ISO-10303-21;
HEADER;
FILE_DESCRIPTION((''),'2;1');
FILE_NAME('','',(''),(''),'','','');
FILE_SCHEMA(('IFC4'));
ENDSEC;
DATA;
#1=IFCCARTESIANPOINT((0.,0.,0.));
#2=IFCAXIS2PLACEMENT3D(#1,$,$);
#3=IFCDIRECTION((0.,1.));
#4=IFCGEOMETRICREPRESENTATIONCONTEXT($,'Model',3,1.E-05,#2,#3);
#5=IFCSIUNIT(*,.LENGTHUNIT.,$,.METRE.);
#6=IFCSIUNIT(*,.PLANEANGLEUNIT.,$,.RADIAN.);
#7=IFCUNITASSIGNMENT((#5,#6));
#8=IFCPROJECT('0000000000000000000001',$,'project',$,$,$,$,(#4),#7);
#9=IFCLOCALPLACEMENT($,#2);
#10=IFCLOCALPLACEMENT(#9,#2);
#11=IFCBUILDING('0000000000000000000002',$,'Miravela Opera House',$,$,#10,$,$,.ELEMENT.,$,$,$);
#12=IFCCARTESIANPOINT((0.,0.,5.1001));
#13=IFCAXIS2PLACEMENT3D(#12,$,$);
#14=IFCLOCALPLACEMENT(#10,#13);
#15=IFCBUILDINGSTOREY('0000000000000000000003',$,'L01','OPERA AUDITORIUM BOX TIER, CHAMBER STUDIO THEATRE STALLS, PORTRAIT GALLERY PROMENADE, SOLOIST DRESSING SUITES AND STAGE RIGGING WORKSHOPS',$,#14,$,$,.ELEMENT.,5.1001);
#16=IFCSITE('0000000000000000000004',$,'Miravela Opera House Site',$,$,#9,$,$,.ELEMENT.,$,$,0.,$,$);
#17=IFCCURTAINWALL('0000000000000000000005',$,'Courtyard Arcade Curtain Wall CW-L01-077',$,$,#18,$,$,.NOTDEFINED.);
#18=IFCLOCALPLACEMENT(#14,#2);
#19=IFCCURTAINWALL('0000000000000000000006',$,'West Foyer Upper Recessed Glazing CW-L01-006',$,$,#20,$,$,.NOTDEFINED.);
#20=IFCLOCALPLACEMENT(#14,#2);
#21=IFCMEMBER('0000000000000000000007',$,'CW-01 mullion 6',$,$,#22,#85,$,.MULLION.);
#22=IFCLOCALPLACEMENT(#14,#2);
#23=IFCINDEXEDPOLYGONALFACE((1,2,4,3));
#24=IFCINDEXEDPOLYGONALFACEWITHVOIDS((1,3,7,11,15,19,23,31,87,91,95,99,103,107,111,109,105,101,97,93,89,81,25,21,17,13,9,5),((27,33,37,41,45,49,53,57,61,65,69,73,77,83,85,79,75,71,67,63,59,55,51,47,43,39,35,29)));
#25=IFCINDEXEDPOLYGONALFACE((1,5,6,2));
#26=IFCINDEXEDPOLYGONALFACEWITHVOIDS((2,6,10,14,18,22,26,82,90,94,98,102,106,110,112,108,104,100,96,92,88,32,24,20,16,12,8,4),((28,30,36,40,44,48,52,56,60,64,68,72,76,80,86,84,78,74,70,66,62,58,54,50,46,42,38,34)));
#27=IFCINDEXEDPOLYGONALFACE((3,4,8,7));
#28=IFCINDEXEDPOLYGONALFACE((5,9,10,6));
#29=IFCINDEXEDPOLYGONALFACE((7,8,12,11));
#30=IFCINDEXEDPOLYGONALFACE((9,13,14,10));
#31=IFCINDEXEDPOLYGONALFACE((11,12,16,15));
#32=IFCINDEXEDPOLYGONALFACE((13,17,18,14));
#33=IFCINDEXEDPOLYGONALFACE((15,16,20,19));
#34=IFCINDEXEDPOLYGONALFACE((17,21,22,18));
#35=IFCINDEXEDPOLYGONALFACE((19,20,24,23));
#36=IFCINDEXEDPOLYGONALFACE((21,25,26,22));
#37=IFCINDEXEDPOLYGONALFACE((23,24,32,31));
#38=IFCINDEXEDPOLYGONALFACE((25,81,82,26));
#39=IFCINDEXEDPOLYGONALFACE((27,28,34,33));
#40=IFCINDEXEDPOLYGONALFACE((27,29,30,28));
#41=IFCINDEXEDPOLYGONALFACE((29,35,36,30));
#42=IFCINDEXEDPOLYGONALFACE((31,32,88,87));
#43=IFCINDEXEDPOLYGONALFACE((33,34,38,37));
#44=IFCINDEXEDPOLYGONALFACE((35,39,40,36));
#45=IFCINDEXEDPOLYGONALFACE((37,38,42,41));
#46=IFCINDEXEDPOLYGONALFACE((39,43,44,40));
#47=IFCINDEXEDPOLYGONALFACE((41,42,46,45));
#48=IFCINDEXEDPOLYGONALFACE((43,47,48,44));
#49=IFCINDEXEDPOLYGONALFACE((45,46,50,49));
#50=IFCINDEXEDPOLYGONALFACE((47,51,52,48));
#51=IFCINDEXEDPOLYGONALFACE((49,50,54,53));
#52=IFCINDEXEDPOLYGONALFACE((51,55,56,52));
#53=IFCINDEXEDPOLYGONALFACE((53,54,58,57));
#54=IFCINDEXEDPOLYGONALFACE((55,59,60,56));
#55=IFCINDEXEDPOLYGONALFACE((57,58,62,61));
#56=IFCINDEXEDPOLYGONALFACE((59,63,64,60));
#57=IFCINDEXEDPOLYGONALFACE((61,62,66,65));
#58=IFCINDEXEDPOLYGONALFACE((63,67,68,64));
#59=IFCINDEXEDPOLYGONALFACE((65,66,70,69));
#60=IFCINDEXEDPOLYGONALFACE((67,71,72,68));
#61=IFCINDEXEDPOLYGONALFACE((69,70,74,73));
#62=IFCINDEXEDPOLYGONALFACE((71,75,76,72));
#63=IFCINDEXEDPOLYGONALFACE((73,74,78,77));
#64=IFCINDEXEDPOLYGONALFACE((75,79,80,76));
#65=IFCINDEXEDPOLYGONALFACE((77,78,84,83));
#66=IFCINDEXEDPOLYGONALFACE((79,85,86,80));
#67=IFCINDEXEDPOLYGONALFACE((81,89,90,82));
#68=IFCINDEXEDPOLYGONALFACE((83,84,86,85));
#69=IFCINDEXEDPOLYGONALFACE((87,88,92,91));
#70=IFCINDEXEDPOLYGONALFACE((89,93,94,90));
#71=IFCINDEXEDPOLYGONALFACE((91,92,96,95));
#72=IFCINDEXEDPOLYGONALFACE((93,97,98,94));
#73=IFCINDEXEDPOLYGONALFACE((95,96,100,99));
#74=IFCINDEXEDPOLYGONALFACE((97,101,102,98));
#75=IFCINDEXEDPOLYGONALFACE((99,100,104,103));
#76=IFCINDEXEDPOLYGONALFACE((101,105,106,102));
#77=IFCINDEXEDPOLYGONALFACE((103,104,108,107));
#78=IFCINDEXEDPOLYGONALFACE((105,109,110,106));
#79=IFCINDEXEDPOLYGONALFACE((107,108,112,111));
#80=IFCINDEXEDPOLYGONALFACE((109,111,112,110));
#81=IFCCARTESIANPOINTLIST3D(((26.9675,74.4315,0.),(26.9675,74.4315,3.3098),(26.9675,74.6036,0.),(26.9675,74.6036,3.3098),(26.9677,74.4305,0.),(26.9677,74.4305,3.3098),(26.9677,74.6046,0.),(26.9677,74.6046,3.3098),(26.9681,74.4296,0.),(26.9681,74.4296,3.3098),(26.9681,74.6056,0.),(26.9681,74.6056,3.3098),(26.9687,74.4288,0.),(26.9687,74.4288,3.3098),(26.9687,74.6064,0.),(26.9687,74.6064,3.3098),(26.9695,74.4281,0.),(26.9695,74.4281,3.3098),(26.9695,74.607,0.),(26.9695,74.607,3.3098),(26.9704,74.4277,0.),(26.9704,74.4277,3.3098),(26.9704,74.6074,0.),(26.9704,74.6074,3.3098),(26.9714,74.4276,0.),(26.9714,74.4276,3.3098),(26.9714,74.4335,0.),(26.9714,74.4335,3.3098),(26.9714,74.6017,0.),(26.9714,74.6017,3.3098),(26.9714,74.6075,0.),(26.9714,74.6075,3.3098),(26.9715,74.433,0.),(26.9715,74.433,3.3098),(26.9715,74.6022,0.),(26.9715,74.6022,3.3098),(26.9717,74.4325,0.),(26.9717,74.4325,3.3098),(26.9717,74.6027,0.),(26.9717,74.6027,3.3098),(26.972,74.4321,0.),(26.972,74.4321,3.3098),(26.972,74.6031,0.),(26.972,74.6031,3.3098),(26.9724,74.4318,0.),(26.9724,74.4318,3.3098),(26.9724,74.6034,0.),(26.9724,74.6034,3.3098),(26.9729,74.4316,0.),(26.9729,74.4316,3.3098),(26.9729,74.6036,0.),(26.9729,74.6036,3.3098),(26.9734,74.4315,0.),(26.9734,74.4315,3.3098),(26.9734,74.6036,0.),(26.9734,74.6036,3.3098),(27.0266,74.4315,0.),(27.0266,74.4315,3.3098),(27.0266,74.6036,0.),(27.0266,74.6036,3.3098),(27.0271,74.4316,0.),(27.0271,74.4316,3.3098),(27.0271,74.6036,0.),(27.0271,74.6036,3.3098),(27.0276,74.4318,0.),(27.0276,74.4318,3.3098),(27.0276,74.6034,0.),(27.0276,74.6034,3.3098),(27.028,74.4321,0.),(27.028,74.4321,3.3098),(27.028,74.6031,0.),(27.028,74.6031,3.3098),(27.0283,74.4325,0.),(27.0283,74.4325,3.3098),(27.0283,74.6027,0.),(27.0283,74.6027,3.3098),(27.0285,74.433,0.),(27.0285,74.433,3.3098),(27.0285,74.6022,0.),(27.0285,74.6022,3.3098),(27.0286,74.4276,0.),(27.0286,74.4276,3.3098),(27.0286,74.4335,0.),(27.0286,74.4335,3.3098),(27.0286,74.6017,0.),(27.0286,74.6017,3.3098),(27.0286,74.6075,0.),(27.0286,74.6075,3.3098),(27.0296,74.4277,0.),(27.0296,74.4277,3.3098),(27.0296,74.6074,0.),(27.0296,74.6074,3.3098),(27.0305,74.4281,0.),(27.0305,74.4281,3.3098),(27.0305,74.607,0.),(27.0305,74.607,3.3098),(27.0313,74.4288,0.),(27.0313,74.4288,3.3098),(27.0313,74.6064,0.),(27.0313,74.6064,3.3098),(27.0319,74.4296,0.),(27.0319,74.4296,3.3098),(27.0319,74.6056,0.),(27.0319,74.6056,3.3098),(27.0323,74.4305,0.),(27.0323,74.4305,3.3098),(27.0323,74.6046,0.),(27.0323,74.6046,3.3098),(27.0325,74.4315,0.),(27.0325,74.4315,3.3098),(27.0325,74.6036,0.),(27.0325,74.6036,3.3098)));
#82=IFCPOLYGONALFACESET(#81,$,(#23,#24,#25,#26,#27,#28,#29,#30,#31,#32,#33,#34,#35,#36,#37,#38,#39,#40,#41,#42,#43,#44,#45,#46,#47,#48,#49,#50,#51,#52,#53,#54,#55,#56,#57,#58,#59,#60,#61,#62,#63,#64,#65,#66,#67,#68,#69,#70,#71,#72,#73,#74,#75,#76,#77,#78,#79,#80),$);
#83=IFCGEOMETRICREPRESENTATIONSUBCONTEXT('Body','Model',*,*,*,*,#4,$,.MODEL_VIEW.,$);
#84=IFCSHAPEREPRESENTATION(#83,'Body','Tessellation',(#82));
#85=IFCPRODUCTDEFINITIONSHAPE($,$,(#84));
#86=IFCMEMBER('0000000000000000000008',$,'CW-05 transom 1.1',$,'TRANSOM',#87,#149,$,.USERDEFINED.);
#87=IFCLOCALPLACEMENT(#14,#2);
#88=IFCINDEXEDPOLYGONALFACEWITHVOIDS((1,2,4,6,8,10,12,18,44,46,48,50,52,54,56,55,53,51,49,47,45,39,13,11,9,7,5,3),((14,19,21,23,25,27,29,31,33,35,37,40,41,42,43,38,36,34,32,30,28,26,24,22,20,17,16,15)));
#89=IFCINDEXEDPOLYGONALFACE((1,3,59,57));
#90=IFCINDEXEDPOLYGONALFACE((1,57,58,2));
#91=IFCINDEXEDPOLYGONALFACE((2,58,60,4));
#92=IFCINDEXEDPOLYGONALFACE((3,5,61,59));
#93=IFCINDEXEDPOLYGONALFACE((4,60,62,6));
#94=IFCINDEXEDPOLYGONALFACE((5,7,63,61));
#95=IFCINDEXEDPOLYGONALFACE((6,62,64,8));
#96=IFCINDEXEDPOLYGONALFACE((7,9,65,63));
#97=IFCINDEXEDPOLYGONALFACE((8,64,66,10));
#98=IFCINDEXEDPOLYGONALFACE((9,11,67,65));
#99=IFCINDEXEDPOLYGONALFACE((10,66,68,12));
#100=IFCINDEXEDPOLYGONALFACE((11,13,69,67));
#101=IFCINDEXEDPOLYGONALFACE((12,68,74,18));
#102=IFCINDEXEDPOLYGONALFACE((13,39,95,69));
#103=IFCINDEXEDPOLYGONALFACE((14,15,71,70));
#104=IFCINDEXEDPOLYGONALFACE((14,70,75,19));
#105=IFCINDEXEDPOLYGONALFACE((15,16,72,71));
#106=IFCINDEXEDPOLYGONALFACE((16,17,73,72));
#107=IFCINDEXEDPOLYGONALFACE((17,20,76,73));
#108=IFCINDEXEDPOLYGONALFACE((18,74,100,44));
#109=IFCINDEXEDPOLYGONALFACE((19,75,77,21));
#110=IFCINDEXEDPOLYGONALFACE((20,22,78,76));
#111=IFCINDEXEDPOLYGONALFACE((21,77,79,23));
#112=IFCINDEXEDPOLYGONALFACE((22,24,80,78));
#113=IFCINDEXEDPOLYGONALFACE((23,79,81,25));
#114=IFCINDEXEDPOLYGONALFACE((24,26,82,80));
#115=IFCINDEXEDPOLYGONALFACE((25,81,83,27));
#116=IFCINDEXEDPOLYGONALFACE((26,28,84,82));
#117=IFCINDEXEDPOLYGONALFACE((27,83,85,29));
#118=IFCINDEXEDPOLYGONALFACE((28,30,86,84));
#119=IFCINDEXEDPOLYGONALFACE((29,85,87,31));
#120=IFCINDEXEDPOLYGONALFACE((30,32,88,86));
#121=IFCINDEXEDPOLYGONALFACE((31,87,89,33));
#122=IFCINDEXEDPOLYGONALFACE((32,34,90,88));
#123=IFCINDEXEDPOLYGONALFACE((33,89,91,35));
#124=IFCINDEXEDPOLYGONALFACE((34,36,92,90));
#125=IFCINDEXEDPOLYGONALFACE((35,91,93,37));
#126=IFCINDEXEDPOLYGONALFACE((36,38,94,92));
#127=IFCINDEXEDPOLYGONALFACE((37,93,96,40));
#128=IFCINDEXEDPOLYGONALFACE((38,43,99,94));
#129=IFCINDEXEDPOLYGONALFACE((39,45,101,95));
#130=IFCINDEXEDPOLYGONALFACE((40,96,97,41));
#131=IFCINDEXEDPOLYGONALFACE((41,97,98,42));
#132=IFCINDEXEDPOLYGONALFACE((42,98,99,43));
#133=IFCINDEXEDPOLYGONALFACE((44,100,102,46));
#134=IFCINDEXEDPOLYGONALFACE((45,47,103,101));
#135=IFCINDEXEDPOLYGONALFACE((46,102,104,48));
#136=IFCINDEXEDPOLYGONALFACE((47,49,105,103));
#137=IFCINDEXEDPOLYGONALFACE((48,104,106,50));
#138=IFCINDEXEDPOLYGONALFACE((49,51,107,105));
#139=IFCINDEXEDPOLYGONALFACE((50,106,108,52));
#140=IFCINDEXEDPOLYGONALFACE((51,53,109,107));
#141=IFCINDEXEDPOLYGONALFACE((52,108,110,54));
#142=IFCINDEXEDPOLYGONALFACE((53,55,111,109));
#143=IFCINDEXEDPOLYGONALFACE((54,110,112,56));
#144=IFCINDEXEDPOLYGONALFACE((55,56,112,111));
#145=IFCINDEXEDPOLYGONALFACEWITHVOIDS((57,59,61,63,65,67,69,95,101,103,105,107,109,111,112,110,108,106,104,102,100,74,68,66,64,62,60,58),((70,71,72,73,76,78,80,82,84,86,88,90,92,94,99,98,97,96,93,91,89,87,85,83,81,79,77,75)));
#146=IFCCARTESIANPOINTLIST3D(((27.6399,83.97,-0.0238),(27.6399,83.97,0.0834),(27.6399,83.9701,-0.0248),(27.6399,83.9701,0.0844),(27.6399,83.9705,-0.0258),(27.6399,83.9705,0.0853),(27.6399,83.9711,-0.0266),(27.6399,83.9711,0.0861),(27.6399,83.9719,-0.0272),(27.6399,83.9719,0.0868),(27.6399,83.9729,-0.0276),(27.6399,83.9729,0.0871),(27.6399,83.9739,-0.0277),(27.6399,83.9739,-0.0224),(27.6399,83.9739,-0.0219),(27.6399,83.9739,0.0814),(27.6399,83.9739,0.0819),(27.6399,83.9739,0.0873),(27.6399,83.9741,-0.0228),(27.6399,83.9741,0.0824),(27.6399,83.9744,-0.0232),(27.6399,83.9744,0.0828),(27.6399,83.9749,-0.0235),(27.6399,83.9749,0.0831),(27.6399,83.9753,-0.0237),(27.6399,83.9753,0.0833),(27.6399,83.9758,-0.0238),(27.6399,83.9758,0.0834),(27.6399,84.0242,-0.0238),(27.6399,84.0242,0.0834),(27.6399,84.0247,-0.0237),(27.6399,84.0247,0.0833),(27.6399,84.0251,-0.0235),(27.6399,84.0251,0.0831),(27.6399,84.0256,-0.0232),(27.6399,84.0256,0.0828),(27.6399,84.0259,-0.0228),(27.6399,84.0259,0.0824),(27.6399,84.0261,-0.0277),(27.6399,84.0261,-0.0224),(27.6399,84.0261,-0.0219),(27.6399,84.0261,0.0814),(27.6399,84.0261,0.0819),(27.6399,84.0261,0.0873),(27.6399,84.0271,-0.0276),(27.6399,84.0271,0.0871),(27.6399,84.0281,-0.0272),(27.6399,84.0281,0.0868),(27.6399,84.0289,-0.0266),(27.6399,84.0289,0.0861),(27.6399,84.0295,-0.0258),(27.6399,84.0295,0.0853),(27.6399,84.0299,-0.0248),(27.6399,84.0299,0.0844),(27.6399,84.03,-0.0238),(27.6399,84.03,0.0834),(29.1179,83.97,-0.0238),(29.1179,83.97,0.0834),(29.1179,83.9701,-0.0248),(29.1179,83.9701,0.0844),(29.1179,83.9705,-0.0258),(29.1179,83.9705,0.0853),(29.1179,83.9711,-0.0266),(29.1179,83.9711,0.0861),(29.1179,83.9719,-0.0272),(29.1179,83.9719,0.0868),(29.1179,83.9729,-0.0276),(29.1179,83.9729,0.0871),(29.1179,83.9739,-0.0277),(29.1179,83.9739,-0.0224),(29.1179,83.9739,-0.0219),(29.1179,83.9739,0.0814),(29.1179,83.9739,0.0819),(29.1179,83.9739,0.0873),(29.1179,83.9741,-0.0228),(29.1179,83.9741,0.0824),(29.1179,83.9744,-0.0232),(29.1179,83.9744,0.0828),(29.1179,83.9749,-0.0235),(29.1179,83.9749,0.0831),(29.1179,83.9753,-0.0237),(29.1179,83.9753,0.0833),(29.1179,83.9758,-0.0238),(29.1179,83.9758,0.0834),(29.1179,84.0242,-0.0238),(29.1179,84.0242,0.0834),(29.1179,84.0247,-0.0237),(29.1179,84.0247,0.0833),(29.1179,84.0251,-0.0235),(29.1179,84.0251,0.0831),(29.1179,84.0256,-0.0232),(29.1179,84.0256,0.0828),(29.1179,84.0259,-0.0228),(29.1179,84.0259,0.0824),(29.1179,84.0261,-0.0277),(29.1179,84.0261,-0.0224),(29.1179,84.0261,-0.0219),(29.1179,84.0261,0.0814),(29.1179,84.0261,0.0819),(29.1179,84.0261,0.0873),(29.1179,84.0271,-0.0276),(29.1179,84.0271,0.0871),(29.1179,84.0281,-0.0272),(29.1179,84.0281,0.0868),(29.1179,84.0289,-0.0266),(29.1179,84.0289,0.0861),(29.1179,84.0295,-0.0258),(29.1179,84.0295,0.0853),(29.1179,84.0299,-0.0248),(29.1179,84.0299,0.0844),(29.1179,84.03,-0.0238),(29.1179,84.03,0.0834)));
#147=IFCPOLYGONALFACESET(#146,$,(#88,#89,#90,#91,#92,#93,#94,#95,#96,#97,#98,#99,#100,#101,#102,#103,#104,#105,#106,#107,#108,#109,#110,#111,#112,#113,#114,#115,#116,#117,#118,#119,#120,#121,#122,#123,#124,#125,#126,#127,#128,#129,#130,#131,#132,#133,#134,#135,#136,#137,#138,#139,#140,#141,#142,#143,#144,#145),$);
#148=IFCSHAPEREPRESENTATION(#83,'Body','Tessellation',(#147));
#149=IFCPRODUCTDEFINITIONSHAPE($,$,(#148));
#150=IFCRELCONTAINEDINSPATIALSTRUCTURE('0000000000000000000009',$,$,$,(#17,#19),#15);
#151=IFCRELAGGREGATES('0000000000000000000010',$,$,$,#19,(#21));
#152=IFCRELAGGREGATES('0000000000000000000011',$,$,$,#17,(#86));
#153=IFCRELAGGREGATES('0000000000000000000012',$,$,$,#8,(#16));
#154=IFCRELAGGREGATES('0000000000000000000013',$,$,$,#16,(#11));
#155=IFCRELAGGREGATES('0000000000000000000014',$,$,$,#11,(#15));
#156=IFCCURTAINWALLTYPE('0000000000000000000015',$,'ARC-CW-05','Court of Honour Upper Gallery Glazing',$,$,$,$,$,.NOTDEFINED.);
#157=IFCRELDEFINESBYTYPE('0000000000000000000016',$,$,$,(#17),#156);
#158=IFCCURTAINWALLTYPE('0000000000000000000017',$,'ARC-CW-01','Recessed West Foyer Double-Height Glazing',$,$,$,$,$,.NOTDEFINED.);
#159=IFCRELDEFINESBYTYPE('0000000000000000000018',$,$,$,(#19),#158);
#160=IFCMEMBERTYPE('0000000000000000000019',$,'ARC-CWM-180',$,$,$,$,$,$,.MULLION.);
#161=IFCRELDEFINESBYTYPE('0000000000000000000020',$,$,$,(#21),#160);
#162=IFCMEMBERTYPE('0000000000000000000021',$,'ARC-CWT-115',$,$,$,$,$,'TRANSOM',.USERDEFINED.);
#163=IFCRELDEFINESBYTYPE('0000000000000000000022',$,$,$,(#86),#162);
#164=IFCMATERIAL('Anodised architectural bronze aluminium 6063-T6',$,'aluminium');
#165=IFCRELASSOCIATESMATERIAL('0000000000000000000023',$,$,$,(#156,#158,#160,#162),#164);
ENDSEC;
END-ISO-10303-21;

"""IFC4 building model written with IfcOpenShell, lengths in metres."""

from ifc_helpers import new_model, si_unit, direction, frame, origin, origin_2d, place, context, subcontext, project, spatial, hollow_rectangle, extrude, material, material_profile, profile_set, type_object, element, aggregate, save


model = new_model("IFC4")

# Units and contexts
model_context = context("Model", 3, precision=1e-05, world=origin(), true_north=direction((0.0, 1.0)))
body_context = subcontext(model_context, "Body", "Model", "MODEL_VIEW")
ifc_project = project(units=[si_unit("LENGTHUNIT", "METRE"), si_unit("PLANEANGLEUNIT", "RADIAN")], contexts=[model_context])

# Site, building, storey
site_placement = place(None, origin())
site = spatial("IfcSite", under=ifc_project, at=site_placement, Name="Miravela Opera House Site", CompositionType="ELEMENT", RefElevation=0.0)
building_placement = place(site_placement, origin())
building = spatial("IfcBuilding", under=site, at=building_placement, Name="Miravela Opera House", CompositionType="ELEMENT")
storey_placement = place(building_placement, frame((0.0, 0.0, 5.1001)))
storey = spatial("IfcBuildingStorey", under=building, at=storey_placement, Name="L01", Description="OPERA AUDITORIUM BOX TIER, CHAMBER STUDIO THEATRE STALLS, PORTRAIT GALLERY PROMENADE, SOLOIST DRESSING SUITES AND STAGE RIGGING WORKSHOPS", CompositionType="ELEMENT", Elevation=5.1001)

# Curtain wall
ifc_material_1 = material(Name="Anodised architectural bronze aluminium 6063-T6", Category="aluminium")
curtain_wall_type_1 = type_object("IfcCurtainWallType", Name="ARC-CW-05", Description="Court of Honour Upper Gallery Glazing", PredefinedType="NOTDEFINED", material=ifc_material_1)
curtain_wall_1_placement = place(storey_placement, origin())
curtain_wall_1 = element("IfcCurtainWall", 1, at=curtain_wall_1_placement, inside=storey, type_object=curtain_wall_type_1, Name="Courtyard Arcade Curtain Wall CW-L01-077", PredefinedType="NOTDEFINED")

# Curtain wall, member
curtain_wall_type_2 = type_object("IfcCurtainWallType", Name="ARC-CW-01", Description="Recessed West Foyer Double-Height Glazing", PredefinedType="NOTDEFINED", material=ifc_material_1)
curtain_wall_2_placement = place(storey_placement, origin())
curtain_wall_2 = element("IfcCurtainWall", 2, at=curtain_wall_2_placement, inside=storey, type_object=curtain_wall_type_2, Name="West Foyer Upper Recessed Glazing CW-L01-006", PredefinedType="NOTDEFINED")
ifc_material_profile_1 = material_profile(ifc_material_1, hollow_rectangle(XDim=0.0649, YDim=0.1799, WallThickness=0.0039, InnerFilletRadius=0.002, OuterFilletRadius=0.0039, at=origin_2d()), Name="CWM-65X180")
ifc_profile_set_1 = profile_set([ifc_material_profile_1])
member_type_1 = type_object("IfcMemberType", Name="ARC-CWM-180", PredefinedType="MULLION", material=ifc_profile_set_1)
member_1_placement = place(storey_placement, frame((27.0, 74.5176, 0.0), z_axis=(0.0, 0.0, 1.0), x_axis=(-1.0, 0.0, 0.0)))
member_1 = element("IfcMember", 3, at=member_1_placement, type_object=member_type_1, Name="CW-01 mullion 6", PredefinedType="MULLION", context=body_context, shape_type="SweptSolid", body=[
    extrude(hollow_rectangle(XDim=0.0649, YDim=0.1799, WallThickness=0.0039, InnerFilletRadius=0.002, OuterFilletRadius=0.0039, at=origin_2d()), origin(), (0.0, 0.0, 1.0), 3.3098),
])

# Member
ifc_material_profile_2 = material_profile(ifc_material_1, hollow_rectangle(XDim=0.0601, YDim=0.115, WallThickness=0.0039, InnerFilletRadius=0.002, OuterFilletRadius=0.0039, at=origin_2d()), Name="CWT-60X115")
ifc_profile_set_2 = profile_set([ifc_material_profile_2])
member_type_2 = type_object("IfcMemberType", Name="ARC-CWT-115", ElementType="TRANSOM", PredefinedType="USERDEFINED", material=ifc_profile_set_2)
member_2_placement = place(storey_placement, frame((27.6399, 84.0, 0.0298), z_axis=(1.0, 0.0, 0.0), x_axis=(0.0, 1.0, 0.0)))
member_2 = element("IfcMember", 4, at=member_2_placement, type_object=member_type_2, Name="CW-05 transom 1.1", ObjectType="TRANSOM", PredefinedType="USERDEFINED", context=body_context, shape_type="SweptSolid", body=[
    extrude(hollow_rectangle(XDim=0.0601, YDim=0.115, WallThickness=0.0039, InnerFilletRadius=0.002, OuterFilletRadius=0.0039, at=origin_2d()), origin(), (0.0, 0.0, 1.0), 1.478),
])

aggregate(curtain_wall_2, [member_1])
aggregate(curtain_wall_1, [member_2])

save(model, "model.ifc")
